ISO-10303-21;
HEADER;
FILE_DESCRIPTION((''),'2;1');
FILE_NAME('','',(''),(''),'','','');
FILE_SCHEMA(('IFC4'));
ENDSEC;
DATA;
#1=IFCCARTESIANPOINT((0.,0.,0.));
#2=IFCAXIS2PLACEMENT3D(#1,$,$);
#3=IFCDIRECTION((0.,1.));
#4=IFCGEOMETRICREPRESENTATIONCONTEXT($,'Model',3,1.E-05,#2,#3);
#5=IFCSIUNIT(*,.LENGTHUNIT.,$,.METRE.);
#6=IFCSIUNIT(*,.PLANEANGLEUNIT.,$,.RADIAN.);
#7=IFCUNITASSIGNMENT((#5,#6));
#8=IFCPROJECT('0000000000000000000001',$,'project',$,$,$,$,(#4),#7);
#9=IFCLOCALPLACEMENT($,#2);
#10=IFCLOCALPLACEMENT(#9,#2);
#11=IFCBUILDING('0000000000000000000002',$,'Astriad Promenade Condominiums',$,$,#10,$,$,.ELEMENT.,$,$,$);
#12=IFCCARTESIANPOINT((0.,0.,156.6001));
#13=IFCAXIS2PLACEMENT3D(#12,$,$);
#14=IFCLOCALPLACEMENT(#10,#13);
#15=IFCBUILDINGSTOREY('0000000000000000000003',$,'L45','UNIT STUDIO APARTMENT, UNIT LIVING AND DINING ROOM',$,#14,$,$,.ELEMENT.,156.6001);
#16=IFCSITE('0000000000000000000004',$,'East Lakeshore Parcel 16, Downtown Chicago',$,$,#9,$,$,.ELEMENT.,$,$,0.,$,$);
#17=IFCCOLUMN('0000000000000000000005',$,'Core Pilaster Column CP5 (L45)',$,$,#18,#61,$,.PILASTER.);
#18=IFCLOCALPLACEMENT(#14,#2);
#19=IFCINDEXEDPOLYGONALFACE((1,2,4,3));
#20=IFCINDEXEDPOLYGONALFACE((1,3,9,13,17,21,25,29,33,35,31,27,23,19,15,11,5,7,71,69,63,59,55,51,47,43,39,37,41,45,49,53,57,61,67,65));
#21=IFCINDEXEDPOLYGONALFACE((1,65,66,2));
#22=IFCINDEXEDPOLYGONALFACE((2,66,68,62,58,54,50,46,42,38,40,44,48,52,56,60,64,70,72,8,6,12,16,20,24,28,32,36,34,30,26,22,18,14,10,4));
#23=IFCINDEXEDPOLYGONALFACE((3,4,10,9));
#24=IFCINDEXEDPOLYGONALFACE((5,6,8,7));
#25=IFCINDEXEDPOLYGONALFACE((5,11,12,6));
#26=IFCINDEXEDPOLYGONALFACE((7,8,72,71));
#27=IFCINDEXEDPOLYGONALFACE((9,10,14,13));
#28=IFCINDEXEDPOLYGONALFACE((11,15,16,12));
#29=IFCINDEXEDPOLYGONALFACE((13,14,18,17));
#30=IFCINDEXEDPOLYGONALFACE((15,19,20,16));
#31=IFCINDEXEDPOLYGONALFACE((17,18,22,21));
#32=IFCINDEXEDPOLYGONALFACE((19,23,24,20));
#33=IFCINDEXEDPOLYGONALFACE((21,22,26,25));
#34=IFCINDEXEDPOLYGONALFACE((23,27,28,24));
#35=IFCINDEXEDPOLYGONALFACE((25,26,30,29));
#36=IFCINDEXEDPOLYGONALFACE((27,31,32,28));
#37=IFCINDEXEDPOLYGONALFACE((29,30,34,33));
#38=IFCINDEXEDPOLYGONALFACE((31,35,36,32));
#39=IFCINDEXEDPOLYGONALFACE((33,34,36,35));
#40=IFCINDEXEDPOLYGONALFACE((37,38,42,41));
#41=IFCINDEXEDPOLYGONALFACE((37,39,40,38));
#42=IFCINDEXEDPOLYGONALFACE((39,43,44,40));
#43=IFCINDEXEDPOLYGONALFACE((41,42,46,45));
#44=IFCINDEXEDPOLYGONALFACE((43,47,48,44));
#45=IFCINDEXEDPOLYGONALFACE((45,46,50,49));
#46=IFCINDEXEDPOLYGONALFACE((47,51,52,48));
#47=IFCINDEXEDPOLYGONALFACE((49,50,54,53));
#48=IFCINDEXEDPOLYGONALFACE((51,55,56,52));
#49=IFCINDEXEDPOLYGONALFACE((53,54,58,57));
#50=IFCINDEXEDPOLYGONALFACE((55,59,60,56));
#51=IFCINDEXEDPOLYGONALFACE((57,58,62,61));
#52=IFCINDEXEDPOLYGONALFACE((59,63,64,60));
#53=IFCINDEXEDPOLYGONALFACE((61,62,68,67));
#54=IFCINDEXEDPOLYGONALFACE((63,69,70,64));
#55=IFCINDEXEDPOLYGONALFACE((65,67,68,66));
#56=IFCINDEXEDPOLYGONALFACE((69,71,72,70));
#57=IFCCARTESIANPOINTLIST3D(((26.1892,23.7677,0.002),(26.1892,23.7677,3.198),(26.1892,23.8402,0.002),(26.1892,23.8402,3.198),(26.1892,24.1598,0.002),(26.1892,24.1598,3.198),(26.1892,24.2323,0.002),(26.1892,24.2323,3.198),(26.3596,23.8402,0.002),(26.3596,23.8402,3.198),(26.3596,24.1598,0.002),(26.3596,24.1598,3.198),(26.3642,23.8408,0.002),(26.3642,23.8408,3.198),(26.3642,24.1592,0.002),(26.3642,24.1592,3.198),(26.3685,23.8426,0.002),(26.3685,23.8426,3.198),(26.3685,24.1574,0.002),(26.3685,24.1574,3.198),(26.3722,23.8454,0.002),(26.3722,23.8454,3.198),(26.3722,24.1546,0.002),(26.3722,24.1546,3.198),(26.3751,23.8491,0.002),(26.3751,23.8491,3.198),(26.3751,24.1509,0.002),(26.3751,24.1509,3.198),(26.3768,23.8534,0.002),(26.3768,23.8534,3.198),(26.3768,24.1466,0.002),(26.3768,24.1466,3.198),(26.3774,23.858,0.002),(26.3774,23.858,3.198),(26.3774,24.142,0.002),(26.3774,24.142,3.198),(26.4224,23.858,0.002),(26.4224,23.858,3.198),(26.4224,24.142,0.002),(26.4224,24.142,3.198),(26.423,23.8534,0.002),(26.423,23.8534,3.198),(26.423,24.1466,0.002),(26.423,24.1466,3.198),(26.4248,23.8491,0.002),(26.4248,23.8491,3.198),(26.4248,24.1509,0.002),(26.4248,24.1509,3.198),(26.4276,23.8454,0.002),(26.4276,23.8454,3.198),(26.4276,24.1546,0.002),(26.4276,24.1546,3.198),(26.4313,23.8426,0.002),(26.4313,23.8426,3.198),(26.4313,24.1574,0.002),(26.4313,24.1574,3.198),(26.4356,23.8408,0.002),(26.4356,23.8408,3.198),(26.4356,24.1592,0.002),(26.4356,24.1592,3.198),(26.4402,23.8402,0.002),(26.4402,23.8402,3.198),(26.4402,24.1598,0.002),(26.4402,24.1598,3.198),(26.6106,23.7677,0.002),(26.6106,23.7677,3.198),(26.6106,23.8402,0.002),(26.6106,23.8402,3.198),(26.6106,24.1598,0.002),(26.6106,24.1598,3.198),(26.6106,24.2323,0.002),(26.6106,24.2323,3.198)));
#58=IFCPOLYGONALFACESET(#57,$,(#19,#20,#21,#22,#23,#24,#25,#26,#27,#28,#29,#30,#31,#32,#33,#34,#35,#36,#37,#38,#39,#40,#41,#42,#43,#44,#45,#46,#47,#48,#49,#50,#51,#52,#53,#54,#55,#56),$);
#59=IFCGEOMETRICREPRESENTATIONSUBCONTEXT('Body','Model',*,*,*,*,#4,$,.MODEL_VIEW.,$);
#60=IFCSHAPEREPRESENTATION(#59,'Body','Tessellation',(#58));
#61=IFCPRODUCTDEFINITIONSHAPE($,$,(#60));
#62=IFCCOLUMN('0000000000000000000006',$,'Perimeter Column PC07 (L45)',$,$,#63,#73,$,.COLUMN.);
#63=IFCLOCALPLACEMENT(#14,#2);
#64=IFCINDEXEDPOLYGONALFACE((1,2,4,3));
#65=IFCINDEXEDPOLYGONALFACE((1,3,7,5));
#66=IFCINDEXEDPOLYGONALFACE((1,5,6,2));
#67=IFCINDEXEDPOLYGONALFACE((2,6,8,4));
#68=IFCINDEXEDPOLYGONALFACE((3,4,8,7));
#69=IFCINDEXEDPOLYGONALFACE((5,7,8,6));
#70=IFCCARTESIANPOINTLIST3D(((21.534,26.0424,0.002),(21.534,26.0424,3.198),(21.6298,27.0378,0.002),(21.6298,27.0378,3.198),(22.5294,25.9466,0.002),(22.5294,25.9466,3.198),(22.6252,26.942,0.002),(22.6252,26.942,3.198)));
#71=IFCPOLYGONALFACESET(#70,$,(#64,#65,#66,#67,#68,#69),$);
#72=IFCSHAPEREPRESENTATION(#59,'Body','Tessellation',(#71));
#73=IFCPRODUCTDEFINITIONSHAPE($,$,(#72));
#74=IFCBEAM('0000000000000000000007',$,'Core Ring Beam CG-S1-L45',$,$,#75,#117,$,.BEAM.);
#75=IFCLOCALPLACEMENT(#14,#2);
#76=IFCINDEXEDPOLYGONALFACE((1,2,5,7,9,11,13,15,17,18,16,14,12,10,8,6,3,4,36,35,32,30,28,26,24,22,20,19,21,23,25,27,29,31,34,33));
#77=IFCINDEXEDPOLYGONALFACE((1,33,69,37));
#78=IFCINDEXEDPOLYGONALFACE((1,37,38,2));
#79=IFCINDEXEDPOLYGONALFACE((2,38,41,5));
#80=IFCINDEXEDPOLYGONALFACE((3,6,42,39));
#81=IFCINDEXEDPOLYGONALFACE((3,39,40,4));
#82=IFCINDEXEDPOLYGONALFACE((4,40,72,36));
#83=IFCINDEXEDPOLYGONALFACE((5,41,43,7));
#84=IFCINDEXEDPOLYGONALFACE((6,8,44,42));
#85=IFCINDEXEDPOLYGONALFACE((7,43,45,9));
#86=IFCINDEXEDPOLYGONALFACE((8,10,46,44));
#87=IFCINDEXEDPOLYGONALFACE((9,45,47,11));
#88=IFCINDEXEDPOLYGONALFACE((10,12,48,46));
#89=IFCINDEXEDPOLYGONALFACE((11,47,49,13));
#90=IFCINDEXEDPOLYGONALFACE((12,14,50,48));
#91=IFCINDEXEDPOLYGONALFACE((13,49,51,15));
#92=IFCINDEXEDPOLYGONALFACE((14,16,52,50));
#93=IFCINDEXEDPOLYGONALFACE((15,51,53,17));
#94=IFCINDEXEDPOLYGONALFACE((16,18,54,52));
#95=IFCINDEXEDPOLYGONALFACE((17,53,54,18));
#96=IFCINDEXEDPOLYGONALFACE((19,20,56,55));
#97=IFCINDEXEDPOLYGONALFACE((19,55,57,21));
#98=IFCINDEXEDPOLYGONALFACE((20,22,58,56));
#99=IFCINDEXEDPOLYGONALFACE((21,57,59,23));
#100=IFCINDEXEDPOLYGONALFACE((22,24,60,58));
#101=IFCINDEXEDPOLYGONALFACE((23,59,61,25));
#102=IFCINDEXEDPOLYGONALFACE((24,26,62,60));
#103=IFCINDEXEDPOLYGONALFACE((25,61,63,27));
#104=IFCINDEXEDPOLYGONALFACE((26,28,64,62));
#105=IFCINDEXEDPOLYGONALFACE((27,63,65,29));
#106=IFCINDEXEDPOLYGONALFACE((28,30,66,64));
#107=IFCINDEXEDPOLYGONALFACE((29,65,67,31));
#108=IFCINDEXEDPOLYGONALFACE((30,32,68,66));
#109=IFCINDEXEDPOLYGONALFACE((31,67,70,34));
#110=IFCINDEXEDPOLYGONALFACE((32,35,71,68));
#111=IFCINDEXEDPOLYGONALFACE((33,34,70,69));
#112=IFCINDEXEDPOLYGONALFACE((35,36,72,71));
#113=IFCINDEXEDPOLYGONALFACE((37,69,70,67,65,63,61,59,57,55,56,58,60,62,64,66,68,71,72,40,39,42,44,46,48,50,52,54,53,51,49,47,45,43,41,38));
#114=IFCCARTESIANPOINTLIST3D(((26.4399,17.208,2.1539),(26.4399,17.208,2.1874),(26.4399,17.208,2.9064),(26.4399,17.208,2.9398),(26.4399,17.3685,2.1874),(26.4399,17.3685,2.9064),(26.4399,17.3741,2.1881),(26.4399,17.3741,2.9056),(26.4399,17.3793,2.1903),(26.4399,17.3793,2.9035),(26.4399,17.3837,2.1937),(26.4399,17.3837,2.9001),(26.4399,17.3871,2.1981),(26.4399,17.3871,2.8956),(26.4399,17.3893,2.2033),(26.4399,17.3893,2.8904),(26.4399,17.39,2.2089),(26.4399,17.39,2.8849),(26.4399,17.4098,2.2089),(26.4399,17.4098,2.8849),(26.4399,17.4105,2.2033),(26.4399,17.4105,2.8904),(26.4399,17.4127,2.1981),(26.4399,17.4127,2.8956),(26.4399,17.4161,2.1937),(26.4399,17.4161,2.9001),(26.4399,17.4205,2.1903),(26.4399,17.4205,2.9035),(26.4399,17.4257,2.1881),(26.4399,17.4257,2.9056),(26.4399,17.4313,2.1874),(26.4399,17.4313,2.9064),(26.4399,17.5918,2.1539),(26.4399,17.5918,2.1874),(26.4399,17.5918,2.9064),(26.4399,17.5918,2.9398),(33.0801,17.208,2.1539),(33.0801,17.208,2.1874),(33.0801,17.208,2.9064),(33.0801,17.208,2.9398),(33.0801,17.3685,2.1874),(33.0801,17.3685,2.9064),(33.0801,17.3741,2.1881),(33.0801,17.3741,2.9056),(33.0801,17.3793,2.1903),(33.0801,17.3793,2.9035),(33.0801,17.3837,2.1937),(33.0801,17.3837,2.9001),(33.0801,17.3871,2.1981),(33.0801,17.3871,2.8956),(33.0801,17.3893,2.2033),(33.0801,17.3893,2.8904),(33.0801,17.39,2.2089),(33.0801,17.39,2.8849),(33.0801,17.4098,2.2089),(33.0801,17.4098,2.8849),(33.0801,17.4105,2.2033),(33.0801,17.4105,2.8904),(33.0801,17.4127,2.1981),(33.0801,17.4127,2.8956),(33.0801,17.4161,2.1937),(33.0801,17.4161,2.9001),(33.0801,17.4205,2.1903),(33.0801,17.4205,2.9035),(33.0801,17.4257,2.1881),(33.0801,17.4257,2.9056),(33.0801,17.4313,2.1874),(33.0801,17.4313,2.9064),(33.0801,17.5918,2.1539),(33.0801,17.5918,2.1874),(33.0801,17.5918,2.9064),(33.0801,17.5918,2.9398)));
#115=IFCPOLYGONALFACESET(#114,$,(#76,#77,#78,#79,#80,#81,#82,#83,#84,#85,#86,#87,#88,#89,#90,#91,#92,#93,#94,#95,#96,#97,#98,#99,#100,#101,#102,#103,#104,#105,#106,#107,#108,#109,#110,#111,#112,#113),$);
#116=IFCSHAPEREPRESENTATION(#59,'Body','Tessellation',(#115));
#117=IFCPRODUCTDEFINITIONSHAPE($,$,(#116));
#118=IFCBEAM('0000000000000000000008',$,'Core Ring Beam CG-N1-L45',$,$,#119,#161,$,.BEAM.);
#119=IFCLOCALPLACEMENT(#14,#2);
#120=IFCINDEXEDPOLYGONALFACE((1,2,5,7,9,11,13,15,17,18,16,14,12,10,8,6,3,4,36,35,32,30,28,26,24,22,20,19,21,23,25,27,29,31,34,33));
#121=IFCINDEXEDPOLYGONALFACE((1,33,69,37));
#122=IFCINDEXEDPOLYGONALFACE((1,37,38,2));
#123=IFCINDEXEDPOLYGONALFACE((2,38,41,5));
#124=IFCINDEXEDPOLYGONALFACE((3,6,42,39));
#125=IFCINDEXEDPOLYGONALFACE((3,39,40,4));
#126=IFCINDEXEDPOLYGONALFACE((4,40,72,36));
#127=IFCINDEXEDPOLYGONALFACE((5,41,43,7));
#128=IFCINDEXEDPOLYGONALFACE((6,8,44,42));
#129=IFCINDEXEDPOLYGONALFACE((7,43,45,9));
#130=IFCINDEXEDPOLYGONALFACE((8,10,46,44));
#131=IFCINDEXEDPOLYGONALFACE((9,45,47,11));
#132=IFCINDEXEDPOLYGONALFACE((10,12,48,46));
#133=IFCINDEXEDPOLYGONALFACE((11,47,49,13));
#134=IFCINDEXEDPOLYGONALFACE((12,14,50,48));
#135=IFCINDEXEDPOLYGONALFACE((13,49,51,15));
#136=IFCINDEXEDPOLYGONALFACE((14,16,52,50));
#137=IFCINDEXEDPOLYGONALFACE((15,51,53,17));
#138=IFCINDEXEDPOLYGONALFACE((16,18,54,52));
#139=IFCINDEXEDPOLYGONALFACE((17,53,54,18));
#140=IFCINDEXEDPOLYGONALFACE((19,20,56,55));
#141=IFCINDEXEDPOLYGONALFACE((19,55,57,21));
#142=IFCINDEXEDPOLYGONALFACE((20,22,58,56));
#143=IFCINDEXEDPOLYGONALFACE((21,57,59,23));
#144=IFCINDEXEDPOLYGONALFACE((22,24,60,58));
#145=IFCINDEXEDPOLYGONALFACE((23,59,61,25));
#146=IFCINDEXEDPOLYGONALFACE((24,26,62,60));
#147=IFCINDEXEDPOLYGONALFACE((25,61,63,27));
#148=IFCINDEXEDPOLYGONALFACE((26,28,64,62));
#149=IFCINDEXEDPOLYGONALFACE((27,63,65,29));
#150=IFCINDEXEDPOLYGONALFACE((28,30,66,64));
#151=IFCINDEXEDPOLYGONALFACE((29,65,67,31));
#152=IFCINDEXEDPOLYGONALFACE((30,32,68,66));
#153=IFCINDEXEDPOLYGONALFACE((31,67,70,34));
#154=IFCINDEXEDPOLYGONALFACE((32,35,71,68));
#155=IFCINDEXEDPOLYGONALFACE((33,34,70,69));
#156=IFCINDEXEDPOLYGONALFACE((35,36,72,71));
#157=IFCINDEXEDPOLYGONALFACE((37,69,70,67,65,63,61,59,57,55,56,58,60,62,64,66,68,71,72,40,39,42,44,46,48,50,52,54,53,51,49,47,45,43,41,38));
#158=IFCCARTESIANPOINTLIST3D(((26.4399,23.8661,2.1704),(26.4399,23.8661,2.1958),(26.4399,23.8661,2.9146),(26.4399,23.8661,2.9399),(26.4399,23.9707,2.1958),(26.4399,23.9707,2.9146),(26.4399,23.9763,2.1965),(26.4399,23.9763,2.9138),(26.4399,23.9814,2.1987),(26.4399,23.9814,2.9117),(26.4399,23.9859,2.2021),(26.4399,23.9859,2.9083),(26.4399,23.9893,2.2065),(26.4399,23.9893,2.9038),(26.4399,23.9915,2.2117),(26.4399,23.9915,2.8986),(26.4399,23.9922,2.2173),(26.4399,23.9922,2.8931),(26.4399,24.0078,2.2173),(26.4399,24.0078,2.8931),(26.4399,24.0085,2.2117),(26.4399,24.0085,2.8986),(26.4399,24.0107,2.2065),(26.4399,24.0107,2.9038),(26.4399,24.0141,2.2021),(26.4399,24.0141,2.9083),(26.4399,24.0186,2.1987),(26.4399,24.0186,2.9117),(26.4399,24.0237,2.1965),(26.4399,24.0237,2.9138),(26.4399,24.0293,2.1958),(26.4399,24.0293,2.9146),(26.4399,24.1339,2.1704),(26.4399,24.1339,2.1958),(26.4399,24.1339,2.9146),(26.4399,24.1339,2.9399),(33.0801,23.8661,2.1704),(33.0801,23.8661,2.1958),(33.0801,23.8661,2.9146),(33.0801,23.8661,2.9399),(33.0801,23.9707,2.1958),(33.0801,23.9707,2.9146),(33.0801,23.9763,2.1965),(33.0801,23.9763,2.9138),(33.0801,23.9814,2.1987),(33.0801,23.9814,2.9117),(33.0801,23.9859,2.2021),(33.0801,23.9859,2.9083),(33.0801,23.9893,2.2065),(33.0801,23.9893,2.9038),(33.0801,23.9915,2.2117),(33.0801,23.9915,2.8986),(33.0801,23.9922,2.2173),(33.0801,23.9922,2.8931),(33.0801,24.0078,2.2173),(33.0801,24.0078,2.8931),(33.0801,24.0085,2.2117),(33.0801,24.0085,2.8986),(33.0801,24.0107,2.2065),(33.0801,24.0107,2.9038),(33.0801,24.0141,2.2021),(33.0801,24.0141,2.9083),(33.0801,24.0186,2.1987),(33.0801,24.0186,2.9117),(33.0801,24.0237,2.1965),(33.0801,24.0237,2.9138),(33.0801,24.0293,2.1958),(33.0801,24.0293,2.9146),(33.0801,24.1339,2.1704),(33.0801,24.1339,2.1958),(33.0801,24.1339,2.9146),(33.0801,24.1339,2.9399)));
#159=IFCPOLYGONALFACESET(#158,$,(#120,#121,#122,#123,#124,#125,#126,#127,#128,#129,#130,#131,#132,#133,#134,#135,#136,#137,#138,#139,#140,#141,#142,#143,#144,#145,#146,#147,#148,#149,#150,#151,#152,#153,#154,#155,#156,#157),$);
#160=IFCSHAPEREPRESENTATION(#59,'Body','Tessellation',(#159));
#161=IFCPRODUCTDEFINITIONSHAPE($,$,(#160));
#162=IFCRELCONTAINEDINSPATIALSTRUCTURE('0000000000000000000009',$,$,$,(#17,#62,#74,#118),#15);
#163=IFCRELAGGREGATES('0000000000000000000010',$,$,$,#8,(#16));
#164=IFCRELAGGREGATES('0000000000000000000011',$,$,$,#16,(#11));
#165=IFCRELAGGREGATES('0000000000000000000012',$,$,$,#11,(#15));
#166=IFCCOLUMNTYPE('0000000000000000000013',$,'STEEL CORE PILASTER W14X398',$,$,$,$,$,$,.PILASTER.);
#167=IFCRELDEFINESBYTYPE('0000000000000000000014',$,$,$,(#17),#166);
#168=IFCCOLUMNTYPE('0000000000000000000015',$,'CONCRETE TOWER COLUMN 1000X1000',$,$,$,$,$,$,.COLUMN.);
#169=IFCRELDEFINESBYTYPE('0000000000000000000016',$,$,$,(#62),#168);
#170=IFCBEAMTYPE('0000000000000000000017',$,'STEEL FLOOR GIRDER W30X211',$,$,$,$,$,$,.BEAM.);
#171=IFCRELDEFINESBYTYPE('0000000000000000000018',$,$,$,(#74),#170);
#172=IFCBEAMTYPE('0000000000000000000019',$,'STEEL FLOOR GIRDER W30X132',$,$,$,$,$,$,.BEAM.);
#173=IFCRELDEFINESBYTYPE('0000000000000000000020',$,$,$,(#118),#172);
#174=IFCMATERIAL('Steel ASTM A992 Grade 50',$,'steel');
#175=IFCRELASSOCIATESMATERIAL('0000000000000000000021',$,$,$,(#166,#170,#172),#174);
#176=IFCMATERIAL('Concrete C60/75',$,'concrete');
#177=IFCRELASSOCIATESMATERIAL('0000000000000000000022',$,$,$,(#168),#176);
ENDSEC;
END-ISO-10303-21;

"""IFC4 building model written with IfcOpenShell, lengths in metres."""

from ifc_helpers import new_model, si_unit, direction, frame, origin, origin_2d, place, context, subcontext, project, spatial, rectangle, i_section, extrude, source, transform, mapped, material, material_profile, profile_set, type_object, type_shapes, element, save


model = new_model("IFC4")

# Units and contexts
model_context = context("Model", 3, precision=1e-05, world=origin(), true_north=direction((0.0, 1.0)))
body_context = subcontext(model_context, "Body", "Model", "MODEL_VIEW")
ifc_project = project(units=[si_unit("LENGTHUNIT", "METRE"), si_unit("PLANEANGLEUNIT", "RADIAN")], contexts=[model_context])

# Site, building, storey
site_placement = place(None, origin())
site = spatial("IfcSite", under=ifc_project, at=site_placement, Name="East Lakeshore Parcel 16, Downtown Chicago", CompositionType="ELEMENT", RefElevation=0.0)
building_placement = place(site_placement, origin())
building = spatial("IfcBuilding", under=site, at=building_placement, Name="Astriad Promenade Condominiums", CompositionType="ELEMENT")
storey_placement = place(building_placement, frame((0.0, 0.0, 156.6001)))
storey = spatial("IfcBuildingStorey", under=building, at=storey_placement, Name="L45", Description="UNIT STUDIO APARTMENT, UNIT LIVING AND DINING ROOM", CompositionType="ELEMENT", Elevation=156.6001)

# Columns
ifc_material_1 = material(Name="Steel ASTM A992 Grade 50", Category="steel")
ifc_material_profile_1 = material_profile(ifc_material_1, i_section(OverallWidth=0.4214, OverallDepth=0.4646, WebThickness=0.0449, FlangeThickness=0.0725, FilletRadius=0.0178, at=origin_2d()), Name="W14X398")
ifc_profile_set_1 = profile_set([ifc_material_profile_1], Name="Steel ASTM A992 Grade 50")
column_type_1 = type_object("IfcColumnType", Name="STEEL CORE PILASTER W14X398", PredefinedType="PILASTER", material=ifc_profile_set_1)
shared_shape_1 = source(origin(), body_context, "Body", "SweptSolid", [
    extrude(i_section(OverallWidth=0.4214, OverallDepth=0.4646, WebThickness=0.0449, FlangeThickness=0.0725, FilletRadius=0.0178, at=origin_2d()), origin(), (0.0, 0.0, 1.0), 3.196),
])
type_shapes(column_type_1, [shared_shape_1])
column_1_placement = place(storey_placement, frame((26.3999, 24.0, 0.002), z_axis=(0.0, 0.0, 1.0), x_axis=(1.0, 0.0, 0.0)))
element("IfcColumn", 1, at=column_1_placement, inside=storey, type_object=column_type_1, Name="Core Pilaster Column CP5 (L45)", PredefinedType="PILASTER", context=body_context, shape_type="MappedRepresentation", body=[
    mapped(shared_shape_1, transform((0.0, 0.0, 0.0), scale=1.0)),
])
ifc_material_2 = material(Name="Concrete C60/75", Category="concrete")
ifc_material_profile_2 = material_profile(ifc_material_2, rectangle(XDim=1.0, YDim=1.0, at=origin_2d()), Name="RC-COL-1000X1000")
ifc_profile_set_2 = profile_set([ifc_material_profile_2], Name="Concrete C60/75")
column_type_2 = type_object("IfcColumnType", Name="CONCRETE TOWER COLUMN 1000X1000", PredefinedType="COLUMN", material=ifc_profile_set_2)
shared_shape_2 = source(origin(), body_context, "Body", "SweptSolid", [
    extrude(rectangle(XDim=1.0, YDim=1.0, at=origin_2d()), origin(), (0.0, 0.0, 1.0), 3.196),
])
type_shapes(column_type_2, [shared_shape_2])
column_2_placement = place(storey_placement, frame((22.0796, 26.4922, 0.002), z_axis=(0.0, 0.0, 1.0), x_axis=(0.995396, -0.095846, 0.0)))
element("IfcColumn", 2, at=column_2_placement, inside=storey, type_object=column_type_2, Name="Perimeter Column PC07 (L45)", PredefinedType="COLUMN", context=body_context, shape_type="MappedRepresentation", body=[
    mapped(shared_shape_2, transform((0.0, 0.0, 0.0), scale=1.0)),
])

# Beams
ifc_material_profile_3 = material_profile(ifc_material_1, i_section(OverallWidth=0.3838, OverallDepth=0.7859, WebThickness=0.0198, FlangeThickness=0.0334, FilletRadius=0.0215, at=origin_2d()), Name="W30X211")
ifc_profile_set_3 = profile_set([ifc_material_profile_3], Name="Steel ASTM A992 Grade 50")
beam_type_1 = type_object("IfcBeamType", Name="STEEL FLOOR GIRDER W30X211", PredefinedType="BEAM", material=ifc_profile_set_3)
shared_shape_3 = source(origin(), body_context, "Body", "SweptSolid", [
    extrude(i_section(OverallWidth=0.3838, OverallDepth=0.7859, WebThickness=0.0198, FlangeThickness=0.0334, FilletRadius=0.0215, at=origin_2d()), origin(), (0.0, 0.0, 1.0), 6.6401),
])
type_shapes(beam_type_1, [shared_shape_3])
beam_1_placement = place(storey_placement, frame((26.4399, 17.3999, 2.5469), z_axis=(1.0, 0.0, 0.0), x_axis=(0.0, 1.0, 0.0)))
element("IfcBeam", 3, at=beam_1_placement, inside=storey, type_object=beam_type_1, Name="Core Ring Beam CG-S1-L45", PredefinedType="BEAM", context=body_context, shape_type="MappedRepresentation", body=[
    mapped(shared_shape_3, transform((0.0, 0.0, 0.0), scale=1.0)),
])
ifc_material_profile_4 = material_profile(ifc_material_1, i_section(OverallWidth=0.2678, OverallDepth=0.7695, WebThickness=0.0156, FlangeThickness=0.0254, FilletRadius=0.0215, at=origin_2d()), Name="W30X132")
ifc_profile_set_4 = profile_set([ifc_material_profile_4], Name="Steel ASTM A992 Grade 50")
beam_type_2 = type_object("IfcBeamType", Name="STEEL FLOOR GIRDER W30X132", PredefinedType="BEAM", material=ifc_profile_set_4)
shared_shape_4 = source(origin(), body_context, "Body", "SweptSolid", [
    extrude(i_section(OverallWidth=0.2678, OverallDepth=0.7695, WebThickness=0.0156, FlangeThickness=0.0254, FilletRadius=0.0215, at=origin_2d()), origin(), (0.0, 0.0, 1.0), 6.6401),
])
type_shapes(beam_type_2, [shared_shape_4])
beam_2_placement = place(storey_placement, frame((26.4399, 24.0, 2.5552), z_axis=(1.0, 0.0, 0.0), x_axis=(0.0, 1.0, 0.0)))
element("IfcBeam", 4, at=beam_2_placement, inside=storey, type_object=beam_type_2, Name="Core Ring Beam CG-N1-L45", PredefinedType="BEAM", context=body_context, shape_type="MappedRepresentation", body=[
    mapped(shared_shape_4, transform((0.0, 0.0, 0.0), scale=1.0)),
])

save(model, "model.ifc")
